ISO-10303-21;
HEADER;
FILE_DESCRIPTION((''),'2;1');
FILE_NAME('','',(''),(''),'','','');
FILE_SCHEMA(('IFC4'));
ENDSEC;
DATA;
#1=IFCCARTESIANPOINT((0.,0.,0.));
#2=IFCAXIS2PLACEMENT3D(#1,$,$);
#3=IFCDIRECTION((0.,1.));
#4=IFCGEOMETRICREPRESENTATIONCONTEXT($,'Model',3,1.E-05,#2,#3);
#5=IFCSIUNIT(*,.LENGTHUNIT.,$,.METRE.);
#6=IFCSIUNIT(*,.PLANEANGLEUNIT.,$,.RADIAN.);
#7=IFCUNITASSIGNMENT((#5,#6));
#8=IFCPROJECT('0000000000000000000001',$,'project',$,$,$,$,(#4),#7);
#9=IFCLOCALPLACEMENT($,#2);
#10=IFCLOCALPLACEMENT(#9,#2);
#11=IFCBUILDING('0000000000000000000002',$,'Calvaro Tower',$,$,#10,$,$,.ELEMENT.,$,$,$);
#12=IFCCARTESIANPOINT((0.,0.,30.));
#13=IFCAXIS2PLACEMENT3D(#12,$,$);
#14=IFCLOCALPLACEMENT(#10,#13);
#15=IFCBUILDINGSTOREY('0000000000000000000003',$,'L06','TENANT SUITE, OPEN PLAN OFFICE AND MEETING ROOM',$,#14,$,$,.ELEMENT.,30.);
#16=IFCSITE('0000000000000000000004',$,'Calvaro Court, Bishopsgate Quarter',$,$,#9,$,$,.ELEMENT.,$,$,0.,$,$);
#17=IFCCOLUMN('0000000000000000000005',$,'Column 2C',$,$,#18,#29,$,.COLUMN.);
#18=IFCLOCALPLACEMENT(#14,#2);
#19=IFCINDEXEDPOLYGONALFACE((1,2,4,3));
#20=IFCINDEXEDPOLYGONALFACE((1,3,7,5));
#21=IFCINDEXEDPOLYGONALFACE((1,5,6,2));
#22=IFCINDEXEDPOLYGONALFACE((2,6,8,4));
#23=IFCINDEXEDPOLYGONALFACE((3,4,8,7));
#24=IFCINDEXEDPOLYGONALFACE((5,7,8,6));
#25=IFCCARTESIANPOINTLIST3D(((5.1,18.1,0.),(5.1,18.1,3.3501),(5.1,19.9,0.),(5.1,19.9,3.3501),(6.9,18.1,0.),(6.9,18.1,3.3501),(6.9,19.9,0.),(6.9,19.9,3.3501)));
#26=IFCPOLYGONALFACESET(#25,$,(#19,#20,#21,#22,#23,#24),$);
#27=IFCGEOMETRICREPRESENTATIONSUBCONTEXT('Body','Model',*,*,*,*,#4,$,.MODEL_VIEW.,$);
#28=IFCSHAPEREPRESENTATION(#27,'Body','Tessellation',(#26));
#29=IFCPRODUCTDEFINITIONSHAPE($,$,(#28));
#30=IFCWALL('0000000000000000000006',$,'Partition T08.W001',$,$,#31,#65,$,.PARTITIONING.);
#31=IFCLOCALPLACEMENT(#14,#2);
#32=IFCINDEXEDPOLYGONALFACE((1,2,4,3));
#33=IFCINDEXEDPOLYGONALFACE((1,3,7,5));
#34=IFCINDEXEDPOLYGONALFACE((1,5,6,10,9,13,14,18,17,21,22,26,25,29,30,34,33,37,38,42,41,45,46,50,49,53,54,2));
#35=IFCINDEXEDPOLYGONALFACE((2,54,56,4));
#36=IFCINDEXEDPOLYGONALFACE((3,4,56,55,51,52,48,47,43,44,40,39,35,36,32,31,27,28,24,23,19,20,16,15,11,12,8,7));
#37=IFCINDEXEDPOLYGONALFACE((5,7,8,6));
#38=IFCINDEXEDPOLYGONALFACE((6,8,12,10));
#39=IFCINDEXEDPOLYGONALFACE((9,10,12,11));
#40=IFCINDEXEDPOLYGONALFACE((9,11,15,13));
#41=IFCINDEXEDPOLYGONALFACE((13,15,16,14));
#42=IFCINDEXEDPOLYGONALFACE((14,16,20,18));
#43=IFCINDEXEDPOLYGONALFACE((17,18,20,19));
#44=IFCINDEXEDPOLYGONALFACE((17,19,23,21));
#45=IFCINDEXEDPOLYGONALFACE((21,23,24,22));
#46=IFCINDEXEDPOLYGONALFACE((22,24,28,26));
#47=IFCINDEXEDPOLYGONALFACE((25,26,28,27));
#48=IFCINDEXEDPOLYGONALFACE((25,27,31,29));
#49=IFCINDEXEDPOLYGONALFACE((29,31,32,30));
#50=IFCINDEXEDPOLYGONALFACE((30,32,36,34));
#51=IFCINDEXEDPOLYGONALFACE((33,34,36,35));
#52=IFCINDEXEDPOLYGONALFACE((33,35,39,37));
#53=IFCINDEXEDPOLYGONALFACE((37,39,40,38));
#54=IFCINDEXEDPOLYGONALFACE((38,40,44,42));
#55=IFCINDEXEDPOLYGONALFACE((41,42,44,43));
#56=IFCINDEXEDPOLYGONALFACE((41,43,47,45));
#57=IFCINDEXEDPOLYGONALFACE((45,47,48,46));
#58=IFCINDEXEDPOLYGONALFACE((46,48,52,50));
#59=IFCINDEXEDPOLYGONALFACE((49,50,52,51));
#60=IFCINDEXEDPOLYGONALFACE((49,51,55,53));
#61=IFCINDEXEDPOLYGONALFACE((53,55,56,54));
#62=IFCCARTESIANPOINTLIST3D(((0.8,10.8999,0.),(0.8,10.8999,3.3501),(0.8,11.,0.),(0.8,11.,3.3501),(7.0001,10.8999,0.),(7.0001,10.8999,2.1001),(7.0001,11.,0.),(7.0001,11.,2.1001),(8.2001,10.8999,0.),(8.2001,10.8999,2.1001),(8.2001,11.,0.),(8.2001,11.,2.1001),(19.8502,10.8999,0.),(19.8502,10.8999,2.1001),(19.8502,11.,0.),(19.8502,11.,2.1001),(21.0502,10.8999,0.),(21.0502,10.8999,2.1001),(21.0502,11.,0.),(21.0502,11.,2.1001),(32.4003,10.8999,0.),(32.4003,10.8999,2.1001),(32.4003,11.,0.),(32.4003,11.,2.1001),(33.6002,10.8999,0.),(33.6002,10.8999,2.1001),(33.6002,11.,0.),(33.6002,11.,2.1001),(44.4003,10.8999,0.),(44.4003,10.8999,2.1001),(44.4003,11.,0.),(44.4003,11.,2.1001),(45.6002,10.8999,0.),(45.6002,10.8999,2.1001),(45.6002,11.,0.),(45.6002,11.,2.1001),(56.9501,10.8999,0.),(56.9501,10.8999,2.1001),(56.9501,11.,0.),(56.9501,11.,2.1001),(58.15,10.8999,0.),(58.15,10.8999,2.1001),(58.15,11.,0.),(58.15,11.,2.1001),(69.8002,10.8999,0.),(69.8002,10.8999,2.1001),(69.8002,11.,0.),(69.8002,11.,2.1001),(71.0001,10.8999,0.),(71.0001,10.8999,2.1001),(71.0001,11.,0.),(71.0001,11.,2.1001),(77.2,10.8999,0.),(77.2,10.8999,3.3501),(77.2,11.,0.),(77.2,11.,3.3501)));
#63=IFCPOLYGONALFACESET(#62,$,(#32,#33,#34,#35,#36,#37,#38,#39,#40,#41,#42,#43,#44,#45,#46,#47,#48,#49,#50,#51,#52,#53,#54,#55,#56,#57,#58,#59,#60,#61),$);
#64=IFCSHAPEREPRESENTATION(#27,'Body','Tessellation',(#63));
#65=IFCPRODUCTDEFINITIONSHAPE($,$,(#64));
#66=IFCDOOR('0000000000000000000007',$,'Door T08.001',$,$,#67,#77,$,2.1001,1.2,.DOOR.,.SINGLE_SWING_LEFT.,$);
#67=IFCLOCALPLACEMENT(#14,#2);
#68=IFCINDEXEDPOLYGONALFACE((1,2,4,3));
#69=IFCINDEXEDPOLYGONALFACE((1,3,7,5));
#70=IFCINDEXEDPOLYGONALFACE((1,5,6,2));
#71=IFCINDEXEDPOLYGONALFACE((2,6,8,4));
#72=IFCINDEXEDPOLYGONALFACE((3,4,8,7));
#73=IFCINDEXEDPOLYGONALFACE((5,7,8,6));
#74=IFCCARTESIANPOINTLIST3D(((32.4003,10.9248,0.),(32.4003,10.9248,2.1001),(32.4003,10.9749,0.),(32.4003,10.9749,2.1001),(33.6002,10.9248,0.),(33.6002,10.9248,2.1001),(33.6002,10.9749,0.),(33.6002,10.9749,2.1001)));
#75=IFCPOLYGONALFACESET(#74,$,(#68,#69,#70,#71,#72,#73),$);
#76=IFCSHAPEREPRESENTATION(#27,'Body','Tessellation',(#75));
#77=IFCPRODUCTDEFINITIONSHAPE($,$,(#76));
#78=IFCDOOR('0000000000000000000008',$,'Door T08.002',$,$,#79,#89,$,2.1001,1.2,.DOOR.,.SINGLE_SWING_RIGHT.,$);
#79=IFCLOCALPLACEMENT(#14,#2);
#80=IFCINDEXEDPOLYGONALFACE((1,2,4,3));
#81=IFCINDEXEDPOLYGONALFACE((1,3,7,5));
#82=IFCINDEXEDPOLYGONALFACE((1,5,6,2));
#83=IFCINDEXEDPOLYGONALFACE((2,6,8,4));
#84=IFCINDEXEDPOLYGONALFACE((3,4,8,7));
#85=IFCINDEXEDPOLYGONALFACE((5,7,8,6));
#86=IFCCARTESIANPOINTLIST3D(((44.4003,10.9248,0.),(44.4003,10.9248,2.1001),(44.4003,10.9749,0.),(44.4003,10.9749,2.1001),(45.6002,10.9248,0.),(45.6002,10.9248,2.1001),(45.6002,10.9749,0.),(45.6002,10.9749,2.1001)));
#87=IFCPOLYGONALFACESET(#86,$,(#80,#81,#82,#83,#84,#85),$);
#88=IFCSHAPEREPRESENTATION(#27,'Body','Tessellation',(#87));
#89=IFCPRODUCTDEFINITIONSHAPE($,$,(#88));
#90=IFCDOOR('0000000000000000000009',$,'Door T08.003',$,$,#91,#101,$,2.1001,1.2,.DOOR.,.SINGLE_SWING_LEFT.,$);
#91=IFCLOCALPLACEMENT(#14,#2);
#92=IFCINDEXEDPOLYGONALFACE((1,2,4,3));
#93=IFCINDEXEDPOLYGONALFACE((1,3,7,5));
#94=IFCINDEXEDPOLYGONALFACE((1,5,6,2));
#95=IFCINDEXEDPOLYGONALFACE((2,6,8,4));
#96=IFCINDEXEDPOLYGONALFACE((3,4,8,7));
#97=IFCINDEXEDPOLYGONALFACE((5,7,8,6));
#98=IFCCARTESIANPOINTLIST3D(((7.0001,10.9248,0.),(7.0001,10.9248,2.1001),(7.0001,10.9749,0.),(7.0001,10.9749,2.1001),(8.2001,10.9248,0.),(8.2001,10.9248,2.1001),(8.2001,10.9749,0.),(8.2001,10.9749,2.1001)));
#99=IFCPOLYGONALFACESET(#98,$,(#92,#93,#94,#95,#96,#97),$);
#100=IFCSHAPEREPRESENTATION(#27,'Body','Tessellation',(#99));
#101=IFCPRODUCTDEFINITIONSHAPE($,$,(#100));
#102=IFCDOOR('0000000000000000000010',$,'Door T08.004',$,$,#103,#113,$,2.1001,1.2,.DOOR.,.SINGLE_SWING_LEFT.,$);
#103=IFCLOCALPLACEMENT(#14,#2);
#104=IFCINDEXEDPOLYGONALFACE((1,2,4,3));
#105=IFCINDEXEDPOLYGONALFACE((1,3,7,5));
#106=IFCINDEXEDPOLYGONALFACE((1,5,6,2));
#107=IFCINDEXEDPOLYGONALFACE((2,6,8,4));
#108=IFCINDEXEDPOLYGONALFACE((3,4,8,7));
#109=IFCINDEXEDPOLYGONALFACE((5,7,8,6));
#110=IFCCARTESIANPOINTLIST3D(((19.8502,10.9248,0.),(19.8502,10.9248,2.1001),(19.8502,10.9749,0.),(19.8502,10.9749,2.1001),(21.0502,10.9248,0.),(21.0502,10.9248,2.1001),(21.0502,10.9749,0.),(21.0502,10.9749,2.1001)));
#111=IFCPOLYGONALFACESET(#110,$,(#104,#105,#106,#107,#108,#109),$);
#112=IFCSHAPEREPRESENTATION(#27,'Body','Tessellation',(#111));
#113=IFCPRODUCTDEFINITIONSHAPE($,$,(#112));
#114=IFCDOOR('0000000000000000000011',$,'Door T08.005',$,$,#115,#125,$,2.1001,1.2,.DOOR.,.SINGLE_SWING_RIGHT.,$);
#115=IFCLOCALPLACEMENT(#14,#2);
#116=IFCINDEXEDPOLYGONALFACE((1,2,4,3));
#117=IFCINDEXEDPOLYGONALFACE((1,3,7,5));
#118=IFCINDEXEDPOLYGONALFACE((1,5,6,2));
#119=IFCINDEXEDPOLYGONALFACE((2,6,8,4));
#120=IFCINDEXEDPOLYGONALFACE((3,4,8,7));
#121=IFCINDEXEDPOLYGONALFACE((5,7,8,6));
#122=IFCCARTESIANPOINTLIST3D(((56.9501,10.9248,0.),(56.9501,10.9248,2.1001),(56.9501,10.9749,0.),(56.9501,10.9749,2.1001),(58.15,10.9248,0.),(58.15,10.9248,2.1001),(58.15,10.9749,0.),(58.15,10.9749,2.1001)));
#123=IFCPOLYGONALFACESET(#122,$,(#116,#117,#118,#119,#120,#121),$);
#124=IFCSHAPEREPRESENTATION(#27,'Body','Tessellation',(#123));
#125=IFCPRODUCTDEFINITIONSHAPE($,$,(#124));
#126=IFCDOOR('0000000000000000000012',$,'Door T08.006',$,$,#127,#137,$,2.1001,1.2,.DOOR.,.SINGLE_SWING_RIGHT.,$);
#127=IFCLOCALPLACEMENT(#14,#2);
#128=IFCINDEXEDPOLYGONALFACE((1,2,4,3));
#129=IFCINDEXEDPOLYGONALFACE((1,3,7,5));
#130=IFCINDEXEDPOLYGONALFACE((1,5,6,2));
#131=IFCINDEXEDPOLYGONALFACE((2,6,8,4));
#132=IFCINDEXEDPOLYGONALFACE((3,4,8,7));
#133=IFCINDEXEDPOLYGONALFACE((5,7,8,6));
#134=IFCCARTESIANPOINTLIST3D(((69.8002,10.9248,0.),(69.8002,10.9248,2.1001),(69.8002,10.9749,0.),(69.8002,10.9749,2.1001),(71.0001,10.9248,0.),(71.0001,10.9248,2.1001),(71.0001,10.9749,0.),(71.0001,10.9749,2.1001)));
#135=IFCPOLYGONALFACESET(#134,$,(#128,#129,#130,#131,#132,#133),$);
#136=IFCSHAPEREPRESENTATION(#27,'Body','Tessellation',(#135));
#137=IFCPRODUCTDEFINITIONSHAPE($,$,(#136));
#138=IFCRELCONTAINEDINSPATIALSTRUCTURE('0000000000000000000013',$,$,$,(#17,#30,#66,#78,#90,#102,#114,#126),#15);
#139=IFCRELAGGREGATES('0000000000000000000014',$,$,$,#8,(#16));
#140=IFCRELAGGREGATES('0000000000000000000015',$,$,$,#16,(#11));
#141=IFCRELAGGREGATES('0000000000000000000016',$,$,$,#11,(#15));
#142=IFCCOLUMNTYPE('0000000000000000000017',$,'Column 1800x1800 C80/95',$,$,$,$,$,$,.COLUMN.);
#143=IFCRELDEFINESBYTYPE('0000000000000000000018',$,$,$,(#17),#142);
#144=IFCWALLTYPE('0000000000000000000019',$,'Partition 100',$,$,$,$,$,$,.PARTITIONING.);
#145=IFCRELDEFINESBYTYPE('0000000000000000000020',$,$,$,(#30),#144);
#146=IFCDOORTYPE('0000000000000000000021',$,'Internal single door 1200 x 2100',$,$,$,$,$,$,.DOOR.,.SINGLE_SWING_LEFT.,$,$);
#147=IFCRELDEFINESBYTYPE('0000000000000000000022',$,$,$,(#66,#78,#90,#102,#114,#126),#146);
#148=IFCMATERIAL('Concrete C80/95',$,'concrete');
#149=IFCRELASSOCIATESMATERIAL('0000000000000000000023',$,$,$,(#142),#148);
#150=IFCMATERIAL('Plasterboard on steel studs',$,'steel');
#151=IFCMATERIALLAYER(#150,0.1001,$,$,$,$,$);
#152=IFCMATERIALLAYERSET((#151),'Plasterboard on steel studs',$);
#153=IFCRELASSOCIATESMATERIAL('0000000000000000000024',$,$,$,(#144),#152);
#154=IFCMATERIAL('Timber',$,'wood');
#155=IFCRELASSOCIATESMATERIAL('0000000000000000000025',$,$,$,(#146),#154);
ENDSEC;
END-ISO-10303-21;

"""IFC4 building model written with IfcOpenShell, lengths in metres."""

from ifc_helpers import new_model, si_unit, direction, frame, frame_2d, origin, origin_2d, place, context, subcontext, project, spatial, rectangle, extrude, material, layer, layer_set, material_profile, profile_set, type_object, element, fill, save


model = new_model("IFC4")

# Units and contexts
model_context = context("Model", 3, precision=1e-05, world=origin(), true_north=direction((0.0, 1.0)))
body_context = subcontext(model_context, "Body", "Model", "MODEL_VIEW")
ifc_project = project(units=[si_unit("LENGTHUNIT", "METRE"), si_unit("PLANEANGLEUNIT", "RADIAN")], contexts=[model_context])

# Site, building, storey
site_placement = place(None, origin())
site = spatial("IfcSite", under=ifc_project, at=site_placement, Name="Calvaro Court, Bishopsgate Quarter", CompositionType="ELEMENT", RefElevation=0.0)
building_placement = place(site_placement, origin())
building = spatial("IfcBuilding", under=site, at=building_placement, Name="Calvaro Tower", CompositionType="ELEMENT")
storey_placement = place(building_placement, frame((0.0, 0.0, 30.0)))
storey = spatial("IfcBuildingStorey", under=building, at=storey_placement, Name="L06", Description="TENANT SUITE, OPEN PLAN OFFICE AND MEETING ROOM", CompositionType="ELEMENT", Elevation=30.0)

# Column
ifc_material_1 = material(Name="Concrete C80/95", Category="concrete")
ifc_material_profile = material_profile(ifc_material_1, rectangle(XDim=1.8, YDim=1.8, at=origin_2d()), Name="RC 1800x1800")
ifc_profile_set = profile_set([ifc_material_profile], Name="Concrete C80/95")
column_type = type_object("IfcColumnType", Name="Column 1800x1800 C80/95", PredefinedType="COLUMN", material=ifc_profile_set)
column_placement = place(storey_placement, frame((6.0, 19.0, 0.0), z_axis=(0.0, 0.0, 1.0), x_axis=(1.0, 0.0, 0.0)))
element("IfcColumn", 1, at=column_placement, inside=storey, type_object=column_type, Name="Column 2C", PredefinedType="COLUMN", context=body_context, shape_type="SweptSolid", body=[
    extrude(rectangle(XDim=1.8, YDim=1.8, at=origin_2d()), origin(), (0.0, 0.0, 1.0), 3.3501),
])

# Wall, openings, doors
ifc_material_2 = material(Name="Plasterboard on steel studs", Category="steel")
ifc_layer = layer(ifc_material_2, 0.1001)
ifc_layer_set = layer_set([ifc_layer], Name="Plasterboard on steel studs")
wall_type = type_object("IfcWallType", Name="Partition 100", PredefinedType="PARTITIONING", material=ifc_layer_set)
wall_1_placement = place(storey_placement, frame((0.8, 10.95, 0.0), z_axis=(0.0, 0.0, 1.0), x_axis=(1.0, 0.0, 0.0)))
wall_1 = element("IfcWall", 2, at=wall_1_placement, inside=storey, type_object=wall_type, Name="Partition T08.W001", PredefinedType="PARTITIONING", context=body_context, shape_type="SweptSolid", body=[
    extrude(rectangle(XDim=76.3999, YDim=0.1001, at=frame_2d((38.2, 0.0))), origin(), (0.0, 0.0, 1.0), 3.3501),
])
opening_1_placement = place(wall_1_placement, frame((31.6001, 0.0, 0.0)))
opening_1 = element("IfcOpeningElement", 3, at=opening_1_placement, cuts=wall_1, PredefinedType="OPENING", context=body_context, shape_type="SweptSolid", body=[
    extrude(rectangle(XDim=1.2, YDim=2.1001, at=frame_2d((0.6001, 1.05))), frame((0.0, 0.0601, 0.0), z_axis=(0.0, -1.0, 0.0), x_axis=(1.0, 0.0, 0.0)), (0.0, 0.0, 1.0), 0.1201),
])
opening_2_placement = place(wall_1_placement, frame((43.6001, 0.0, 0.0)))
opening_2 = element("IfcOpeningElement", 4, at=opening_2_placement, cuts=wall_1, PredefinedType="OPENING", context=body_context, shape_type="SweptSolid", body=[
    extrude(rectangle(XDim=1.2, YDim=2.1001, at=frame_2d((0.6001, 1.05))), frame((0.0, 0.0601, 0.0), z_axis=(0.0, -1.0, 0.0), x_axis=(1.0, 0.0, 0.0)), (0.0, 0.0, 1.0), 0.1201),
])
opening_3_placement = place(wall_1_placement, frame((6.2, 0.0, 0.0)))
opening_3 = element("IfcOpeningElement", 5, at=opening_3_placement, cuts=wall_1, PredefinedType="OPENING", context=body_context, shape_type="SweptSolid", body=[
    extrude(rectangle(XDim=1.2, YDim=2.1001, at=frame_2d((0.6001, 1.05))), frame((0.0, 0.0601, 0.0), z_axis=(0.0, -1.0, 0.0), x_axis=(1.0, 0.0, 0.0)), (0.0, 0.0, 1.0), 0.1201),
])
opening_4_placement = place(wall_1_placement, frame((19.05, 0.0, 0.0)))
opening_4 = element("IfcOpeningElement", 6, at=opening_4_placement, cuts=wall_1, PredefinedType="OPENING", context=body_context, shape_type="SweptSolid", body=[
    extrude(rectangle(XDim=1.2, YDim=2.1001, at=frame_2d((0.6001, 1.05))), frame((0.0, 0.0601, 0.0), z_axis=(0.0, -1.0, 0.0), x_axis=(1.0, 0.0, 0.0)), (0.0, 0.0, 1.0), 0.1201),
])
opening_5_placement = place(wall_1_placement, frame((56.1499, 0.0, 0.0)))
opening_5 = element("IfcOpeningElement", 7, at=opening_5_placement, cuts=wall_1, PredefinedType="OPENING", context=body_context, shape_type="SweptSolid", body=[
    extrude(rectangle(XDim=1.2, YDim=2.1001, at=frame_2d((0.6001, 1.05))), frame((0.0, 0.0601, 0.0), z_axis=(0.0, -1.0, 0.0), x_axis=(1.0, 0.0, 0.0)), (0.0, 0.0, 1.0), 0.1201),
])
opening_6_placement = place(wall_1_placement, frame((69.0, 0.0, 0.0)))
opening_6 = element("IfcOpeningElement", 8, at=opening_6_placement, cuts=wall_1, PredefinedType="OPENING", context=body_context, shape_type="SweptSolid", body=[
    extrude(rectangle(XDim=1.2, YDim=2.1001, at=frame_2d((0.6001, 1.05))), frame((0.0, 0.0601, 0.0), z_axis=(0.0, -1.0, 0.0), x_axis=(1.0, 0.0, 0.0)), (0.0, 0.0, 1.0), 0.1201),
])
ifc_material_3 = material(Name="Timber", Category="wood")
door_type_1 = type_object("IfcDoorType", Name="Internal single door 1200 x 2100", OperationType="SINGLE_SWING_LEFT", PredefinedType="DOOR", material=ifc_material_3)
door_1_placement = place(opening_1_placement, origin())
door_1 = element("IfcDoor", 9, at=door_1_placement, inside=storey, type_object=door_type_1, Name="Door T08.001", OperationType="SINGLE_SWING_LEFT", OverallHeight=2.1001, OverallWidth=1.2, PredefinedType="DOOR", context=body_context, shape_type="SweptSolid", body=[
    extrude(rectangle(XDim=1.2, YDim=2.1001, at=frame_2d((0.6001, 1.05))), frame((0.0, 0.0249, 0.0), z_axis=(0.0, -1.0, 0.0), x_axis=(1.0, 0.0, 0.0)), (0.0, 0.0, 1.0), 0.05),
])
fill(opening_1, door_1)
door_2_placement = place(opening_2_placement, origin())
door_2 = element("IfcDoor", 10, at=door_2_placement, inside=storey, type_object=door_type_1, Name="Door T08.002", OperationType="SINGLE_SWING_RIGHT", OverallHeight=2.1001, OverallWidth=1.2, PredefinedType="DOOR", context=body_context, shape_type="SweptSolid", body=[
    extrude(rectangle(XDim=1.2, YDim=2.1001, at=frame_2d((0.6001, 1.05))), frame((0.0, 0.0249, 0.0), z_axis=(0.0, -1.0, 0.0), x_axis=(1.0, 0.0, 0.0)), (0.0, 0.0, 1.0), 0.05),
])
fill(opening_2, door_2)
door_3_placement = place(opening_3_placement, origin())
door_3 = element("IfcDoor", 11, at=door_3_placement, inside=storey, type_object=door_type_1, Name="Door T08.003", OperationType="SINGLE_SWING_LEFT", OverallHeight=2.1001, OverallWidth=1.2, PredefinedType="DOOR", context=body_context, shape_type="SweptSolid", body=[
    extrude(rectangle(XDim=1.2, YDim=2.1001, at=frame_2d((0.6001, 1.05))), frame((0.0, 0.0249, 0.0), z_axis=(0.0, -1.0, 0.0), x_axis=(1.0, 0.0, 0.0)), (0.0, 0.0, 1.0), 0.05),
])
fill(opening_3, door_3)
door_4_placement = place(opening_4_placement, origin())
door_4 = element("IfcDoor", 12, at=door_4_placement, inside=storey, type_object=door_type_1, Name="Door T08.004", OperationType="SINGLE_SWING_LEFT", OverallHeight=2.1001, OverallWidth=1.2, PredefinedType="DOOR", context=body_context, shape_type="SweptSolid", body=[
    extrude(rectangle(XDim=1.2, YDim=2.1001, at=frame_2d((0.6001, 1.05))), frame((0.0, 0.0249, 0.0), z_axis=(0.0, -1.0, 0.0), x_axis=(1.0, 0.0, 0.0)), (0.0, 0.0, 1.0), 0.05),
])
fill(opening_4, door_4)
door_5_placement = place(opening_5_placement, origin())
door_5 = element("IfcDoor", 13, at=door_5_placement, inside=storey, type_object=door_type_1, Name="Door T08.005", OperationType="SINGLE_SWING_RIGHT", OverallHeight=2.1001, OverallWidth=1.2, PredefinedType="DOOR", context=body_context, shape_type="SweptSolid", body=[
    extrude(rectangle(XDim=1.2, YDim=2.1001, at=frame_2d((0.6001, 1.05))), frame((0.0, 0.0249, 0.0), z_axis=(0.0, -1.0, 0.0), x_axis=(1.0, 0.0, 0.0)), (0.0, 0.0, 1.0), 0.05),
])
fill(opening_5, door_5)
door_6_placement = place(opening_6_placement, origin())
door_6 = element("IfcDoor", 14, at=door_6_placement, inside=storey, type_object=door_type_1, Name="Door T08.006", OperationType="SINGLE_SWING_RIGHT", OverallHeight=2.1001, OverallWidth=1.2, PredefinedType="DOOR", context=body_context, shape_type="SweptSolid", body=[
    extrude(rectangle(XDim=1.2, YDim=2.1001, at=frame_2d((0.6001, 1.05))), frame((0.0, 0.0249, 0.0), z_axis=(0.0, -1.0, 0.0), x_axis=(1.0, 0.0, 0.0)), (0.0, 0.0, 1.0), 0.05),
])
fill(opening_6, door_6)

save(model, "model.ifc")
